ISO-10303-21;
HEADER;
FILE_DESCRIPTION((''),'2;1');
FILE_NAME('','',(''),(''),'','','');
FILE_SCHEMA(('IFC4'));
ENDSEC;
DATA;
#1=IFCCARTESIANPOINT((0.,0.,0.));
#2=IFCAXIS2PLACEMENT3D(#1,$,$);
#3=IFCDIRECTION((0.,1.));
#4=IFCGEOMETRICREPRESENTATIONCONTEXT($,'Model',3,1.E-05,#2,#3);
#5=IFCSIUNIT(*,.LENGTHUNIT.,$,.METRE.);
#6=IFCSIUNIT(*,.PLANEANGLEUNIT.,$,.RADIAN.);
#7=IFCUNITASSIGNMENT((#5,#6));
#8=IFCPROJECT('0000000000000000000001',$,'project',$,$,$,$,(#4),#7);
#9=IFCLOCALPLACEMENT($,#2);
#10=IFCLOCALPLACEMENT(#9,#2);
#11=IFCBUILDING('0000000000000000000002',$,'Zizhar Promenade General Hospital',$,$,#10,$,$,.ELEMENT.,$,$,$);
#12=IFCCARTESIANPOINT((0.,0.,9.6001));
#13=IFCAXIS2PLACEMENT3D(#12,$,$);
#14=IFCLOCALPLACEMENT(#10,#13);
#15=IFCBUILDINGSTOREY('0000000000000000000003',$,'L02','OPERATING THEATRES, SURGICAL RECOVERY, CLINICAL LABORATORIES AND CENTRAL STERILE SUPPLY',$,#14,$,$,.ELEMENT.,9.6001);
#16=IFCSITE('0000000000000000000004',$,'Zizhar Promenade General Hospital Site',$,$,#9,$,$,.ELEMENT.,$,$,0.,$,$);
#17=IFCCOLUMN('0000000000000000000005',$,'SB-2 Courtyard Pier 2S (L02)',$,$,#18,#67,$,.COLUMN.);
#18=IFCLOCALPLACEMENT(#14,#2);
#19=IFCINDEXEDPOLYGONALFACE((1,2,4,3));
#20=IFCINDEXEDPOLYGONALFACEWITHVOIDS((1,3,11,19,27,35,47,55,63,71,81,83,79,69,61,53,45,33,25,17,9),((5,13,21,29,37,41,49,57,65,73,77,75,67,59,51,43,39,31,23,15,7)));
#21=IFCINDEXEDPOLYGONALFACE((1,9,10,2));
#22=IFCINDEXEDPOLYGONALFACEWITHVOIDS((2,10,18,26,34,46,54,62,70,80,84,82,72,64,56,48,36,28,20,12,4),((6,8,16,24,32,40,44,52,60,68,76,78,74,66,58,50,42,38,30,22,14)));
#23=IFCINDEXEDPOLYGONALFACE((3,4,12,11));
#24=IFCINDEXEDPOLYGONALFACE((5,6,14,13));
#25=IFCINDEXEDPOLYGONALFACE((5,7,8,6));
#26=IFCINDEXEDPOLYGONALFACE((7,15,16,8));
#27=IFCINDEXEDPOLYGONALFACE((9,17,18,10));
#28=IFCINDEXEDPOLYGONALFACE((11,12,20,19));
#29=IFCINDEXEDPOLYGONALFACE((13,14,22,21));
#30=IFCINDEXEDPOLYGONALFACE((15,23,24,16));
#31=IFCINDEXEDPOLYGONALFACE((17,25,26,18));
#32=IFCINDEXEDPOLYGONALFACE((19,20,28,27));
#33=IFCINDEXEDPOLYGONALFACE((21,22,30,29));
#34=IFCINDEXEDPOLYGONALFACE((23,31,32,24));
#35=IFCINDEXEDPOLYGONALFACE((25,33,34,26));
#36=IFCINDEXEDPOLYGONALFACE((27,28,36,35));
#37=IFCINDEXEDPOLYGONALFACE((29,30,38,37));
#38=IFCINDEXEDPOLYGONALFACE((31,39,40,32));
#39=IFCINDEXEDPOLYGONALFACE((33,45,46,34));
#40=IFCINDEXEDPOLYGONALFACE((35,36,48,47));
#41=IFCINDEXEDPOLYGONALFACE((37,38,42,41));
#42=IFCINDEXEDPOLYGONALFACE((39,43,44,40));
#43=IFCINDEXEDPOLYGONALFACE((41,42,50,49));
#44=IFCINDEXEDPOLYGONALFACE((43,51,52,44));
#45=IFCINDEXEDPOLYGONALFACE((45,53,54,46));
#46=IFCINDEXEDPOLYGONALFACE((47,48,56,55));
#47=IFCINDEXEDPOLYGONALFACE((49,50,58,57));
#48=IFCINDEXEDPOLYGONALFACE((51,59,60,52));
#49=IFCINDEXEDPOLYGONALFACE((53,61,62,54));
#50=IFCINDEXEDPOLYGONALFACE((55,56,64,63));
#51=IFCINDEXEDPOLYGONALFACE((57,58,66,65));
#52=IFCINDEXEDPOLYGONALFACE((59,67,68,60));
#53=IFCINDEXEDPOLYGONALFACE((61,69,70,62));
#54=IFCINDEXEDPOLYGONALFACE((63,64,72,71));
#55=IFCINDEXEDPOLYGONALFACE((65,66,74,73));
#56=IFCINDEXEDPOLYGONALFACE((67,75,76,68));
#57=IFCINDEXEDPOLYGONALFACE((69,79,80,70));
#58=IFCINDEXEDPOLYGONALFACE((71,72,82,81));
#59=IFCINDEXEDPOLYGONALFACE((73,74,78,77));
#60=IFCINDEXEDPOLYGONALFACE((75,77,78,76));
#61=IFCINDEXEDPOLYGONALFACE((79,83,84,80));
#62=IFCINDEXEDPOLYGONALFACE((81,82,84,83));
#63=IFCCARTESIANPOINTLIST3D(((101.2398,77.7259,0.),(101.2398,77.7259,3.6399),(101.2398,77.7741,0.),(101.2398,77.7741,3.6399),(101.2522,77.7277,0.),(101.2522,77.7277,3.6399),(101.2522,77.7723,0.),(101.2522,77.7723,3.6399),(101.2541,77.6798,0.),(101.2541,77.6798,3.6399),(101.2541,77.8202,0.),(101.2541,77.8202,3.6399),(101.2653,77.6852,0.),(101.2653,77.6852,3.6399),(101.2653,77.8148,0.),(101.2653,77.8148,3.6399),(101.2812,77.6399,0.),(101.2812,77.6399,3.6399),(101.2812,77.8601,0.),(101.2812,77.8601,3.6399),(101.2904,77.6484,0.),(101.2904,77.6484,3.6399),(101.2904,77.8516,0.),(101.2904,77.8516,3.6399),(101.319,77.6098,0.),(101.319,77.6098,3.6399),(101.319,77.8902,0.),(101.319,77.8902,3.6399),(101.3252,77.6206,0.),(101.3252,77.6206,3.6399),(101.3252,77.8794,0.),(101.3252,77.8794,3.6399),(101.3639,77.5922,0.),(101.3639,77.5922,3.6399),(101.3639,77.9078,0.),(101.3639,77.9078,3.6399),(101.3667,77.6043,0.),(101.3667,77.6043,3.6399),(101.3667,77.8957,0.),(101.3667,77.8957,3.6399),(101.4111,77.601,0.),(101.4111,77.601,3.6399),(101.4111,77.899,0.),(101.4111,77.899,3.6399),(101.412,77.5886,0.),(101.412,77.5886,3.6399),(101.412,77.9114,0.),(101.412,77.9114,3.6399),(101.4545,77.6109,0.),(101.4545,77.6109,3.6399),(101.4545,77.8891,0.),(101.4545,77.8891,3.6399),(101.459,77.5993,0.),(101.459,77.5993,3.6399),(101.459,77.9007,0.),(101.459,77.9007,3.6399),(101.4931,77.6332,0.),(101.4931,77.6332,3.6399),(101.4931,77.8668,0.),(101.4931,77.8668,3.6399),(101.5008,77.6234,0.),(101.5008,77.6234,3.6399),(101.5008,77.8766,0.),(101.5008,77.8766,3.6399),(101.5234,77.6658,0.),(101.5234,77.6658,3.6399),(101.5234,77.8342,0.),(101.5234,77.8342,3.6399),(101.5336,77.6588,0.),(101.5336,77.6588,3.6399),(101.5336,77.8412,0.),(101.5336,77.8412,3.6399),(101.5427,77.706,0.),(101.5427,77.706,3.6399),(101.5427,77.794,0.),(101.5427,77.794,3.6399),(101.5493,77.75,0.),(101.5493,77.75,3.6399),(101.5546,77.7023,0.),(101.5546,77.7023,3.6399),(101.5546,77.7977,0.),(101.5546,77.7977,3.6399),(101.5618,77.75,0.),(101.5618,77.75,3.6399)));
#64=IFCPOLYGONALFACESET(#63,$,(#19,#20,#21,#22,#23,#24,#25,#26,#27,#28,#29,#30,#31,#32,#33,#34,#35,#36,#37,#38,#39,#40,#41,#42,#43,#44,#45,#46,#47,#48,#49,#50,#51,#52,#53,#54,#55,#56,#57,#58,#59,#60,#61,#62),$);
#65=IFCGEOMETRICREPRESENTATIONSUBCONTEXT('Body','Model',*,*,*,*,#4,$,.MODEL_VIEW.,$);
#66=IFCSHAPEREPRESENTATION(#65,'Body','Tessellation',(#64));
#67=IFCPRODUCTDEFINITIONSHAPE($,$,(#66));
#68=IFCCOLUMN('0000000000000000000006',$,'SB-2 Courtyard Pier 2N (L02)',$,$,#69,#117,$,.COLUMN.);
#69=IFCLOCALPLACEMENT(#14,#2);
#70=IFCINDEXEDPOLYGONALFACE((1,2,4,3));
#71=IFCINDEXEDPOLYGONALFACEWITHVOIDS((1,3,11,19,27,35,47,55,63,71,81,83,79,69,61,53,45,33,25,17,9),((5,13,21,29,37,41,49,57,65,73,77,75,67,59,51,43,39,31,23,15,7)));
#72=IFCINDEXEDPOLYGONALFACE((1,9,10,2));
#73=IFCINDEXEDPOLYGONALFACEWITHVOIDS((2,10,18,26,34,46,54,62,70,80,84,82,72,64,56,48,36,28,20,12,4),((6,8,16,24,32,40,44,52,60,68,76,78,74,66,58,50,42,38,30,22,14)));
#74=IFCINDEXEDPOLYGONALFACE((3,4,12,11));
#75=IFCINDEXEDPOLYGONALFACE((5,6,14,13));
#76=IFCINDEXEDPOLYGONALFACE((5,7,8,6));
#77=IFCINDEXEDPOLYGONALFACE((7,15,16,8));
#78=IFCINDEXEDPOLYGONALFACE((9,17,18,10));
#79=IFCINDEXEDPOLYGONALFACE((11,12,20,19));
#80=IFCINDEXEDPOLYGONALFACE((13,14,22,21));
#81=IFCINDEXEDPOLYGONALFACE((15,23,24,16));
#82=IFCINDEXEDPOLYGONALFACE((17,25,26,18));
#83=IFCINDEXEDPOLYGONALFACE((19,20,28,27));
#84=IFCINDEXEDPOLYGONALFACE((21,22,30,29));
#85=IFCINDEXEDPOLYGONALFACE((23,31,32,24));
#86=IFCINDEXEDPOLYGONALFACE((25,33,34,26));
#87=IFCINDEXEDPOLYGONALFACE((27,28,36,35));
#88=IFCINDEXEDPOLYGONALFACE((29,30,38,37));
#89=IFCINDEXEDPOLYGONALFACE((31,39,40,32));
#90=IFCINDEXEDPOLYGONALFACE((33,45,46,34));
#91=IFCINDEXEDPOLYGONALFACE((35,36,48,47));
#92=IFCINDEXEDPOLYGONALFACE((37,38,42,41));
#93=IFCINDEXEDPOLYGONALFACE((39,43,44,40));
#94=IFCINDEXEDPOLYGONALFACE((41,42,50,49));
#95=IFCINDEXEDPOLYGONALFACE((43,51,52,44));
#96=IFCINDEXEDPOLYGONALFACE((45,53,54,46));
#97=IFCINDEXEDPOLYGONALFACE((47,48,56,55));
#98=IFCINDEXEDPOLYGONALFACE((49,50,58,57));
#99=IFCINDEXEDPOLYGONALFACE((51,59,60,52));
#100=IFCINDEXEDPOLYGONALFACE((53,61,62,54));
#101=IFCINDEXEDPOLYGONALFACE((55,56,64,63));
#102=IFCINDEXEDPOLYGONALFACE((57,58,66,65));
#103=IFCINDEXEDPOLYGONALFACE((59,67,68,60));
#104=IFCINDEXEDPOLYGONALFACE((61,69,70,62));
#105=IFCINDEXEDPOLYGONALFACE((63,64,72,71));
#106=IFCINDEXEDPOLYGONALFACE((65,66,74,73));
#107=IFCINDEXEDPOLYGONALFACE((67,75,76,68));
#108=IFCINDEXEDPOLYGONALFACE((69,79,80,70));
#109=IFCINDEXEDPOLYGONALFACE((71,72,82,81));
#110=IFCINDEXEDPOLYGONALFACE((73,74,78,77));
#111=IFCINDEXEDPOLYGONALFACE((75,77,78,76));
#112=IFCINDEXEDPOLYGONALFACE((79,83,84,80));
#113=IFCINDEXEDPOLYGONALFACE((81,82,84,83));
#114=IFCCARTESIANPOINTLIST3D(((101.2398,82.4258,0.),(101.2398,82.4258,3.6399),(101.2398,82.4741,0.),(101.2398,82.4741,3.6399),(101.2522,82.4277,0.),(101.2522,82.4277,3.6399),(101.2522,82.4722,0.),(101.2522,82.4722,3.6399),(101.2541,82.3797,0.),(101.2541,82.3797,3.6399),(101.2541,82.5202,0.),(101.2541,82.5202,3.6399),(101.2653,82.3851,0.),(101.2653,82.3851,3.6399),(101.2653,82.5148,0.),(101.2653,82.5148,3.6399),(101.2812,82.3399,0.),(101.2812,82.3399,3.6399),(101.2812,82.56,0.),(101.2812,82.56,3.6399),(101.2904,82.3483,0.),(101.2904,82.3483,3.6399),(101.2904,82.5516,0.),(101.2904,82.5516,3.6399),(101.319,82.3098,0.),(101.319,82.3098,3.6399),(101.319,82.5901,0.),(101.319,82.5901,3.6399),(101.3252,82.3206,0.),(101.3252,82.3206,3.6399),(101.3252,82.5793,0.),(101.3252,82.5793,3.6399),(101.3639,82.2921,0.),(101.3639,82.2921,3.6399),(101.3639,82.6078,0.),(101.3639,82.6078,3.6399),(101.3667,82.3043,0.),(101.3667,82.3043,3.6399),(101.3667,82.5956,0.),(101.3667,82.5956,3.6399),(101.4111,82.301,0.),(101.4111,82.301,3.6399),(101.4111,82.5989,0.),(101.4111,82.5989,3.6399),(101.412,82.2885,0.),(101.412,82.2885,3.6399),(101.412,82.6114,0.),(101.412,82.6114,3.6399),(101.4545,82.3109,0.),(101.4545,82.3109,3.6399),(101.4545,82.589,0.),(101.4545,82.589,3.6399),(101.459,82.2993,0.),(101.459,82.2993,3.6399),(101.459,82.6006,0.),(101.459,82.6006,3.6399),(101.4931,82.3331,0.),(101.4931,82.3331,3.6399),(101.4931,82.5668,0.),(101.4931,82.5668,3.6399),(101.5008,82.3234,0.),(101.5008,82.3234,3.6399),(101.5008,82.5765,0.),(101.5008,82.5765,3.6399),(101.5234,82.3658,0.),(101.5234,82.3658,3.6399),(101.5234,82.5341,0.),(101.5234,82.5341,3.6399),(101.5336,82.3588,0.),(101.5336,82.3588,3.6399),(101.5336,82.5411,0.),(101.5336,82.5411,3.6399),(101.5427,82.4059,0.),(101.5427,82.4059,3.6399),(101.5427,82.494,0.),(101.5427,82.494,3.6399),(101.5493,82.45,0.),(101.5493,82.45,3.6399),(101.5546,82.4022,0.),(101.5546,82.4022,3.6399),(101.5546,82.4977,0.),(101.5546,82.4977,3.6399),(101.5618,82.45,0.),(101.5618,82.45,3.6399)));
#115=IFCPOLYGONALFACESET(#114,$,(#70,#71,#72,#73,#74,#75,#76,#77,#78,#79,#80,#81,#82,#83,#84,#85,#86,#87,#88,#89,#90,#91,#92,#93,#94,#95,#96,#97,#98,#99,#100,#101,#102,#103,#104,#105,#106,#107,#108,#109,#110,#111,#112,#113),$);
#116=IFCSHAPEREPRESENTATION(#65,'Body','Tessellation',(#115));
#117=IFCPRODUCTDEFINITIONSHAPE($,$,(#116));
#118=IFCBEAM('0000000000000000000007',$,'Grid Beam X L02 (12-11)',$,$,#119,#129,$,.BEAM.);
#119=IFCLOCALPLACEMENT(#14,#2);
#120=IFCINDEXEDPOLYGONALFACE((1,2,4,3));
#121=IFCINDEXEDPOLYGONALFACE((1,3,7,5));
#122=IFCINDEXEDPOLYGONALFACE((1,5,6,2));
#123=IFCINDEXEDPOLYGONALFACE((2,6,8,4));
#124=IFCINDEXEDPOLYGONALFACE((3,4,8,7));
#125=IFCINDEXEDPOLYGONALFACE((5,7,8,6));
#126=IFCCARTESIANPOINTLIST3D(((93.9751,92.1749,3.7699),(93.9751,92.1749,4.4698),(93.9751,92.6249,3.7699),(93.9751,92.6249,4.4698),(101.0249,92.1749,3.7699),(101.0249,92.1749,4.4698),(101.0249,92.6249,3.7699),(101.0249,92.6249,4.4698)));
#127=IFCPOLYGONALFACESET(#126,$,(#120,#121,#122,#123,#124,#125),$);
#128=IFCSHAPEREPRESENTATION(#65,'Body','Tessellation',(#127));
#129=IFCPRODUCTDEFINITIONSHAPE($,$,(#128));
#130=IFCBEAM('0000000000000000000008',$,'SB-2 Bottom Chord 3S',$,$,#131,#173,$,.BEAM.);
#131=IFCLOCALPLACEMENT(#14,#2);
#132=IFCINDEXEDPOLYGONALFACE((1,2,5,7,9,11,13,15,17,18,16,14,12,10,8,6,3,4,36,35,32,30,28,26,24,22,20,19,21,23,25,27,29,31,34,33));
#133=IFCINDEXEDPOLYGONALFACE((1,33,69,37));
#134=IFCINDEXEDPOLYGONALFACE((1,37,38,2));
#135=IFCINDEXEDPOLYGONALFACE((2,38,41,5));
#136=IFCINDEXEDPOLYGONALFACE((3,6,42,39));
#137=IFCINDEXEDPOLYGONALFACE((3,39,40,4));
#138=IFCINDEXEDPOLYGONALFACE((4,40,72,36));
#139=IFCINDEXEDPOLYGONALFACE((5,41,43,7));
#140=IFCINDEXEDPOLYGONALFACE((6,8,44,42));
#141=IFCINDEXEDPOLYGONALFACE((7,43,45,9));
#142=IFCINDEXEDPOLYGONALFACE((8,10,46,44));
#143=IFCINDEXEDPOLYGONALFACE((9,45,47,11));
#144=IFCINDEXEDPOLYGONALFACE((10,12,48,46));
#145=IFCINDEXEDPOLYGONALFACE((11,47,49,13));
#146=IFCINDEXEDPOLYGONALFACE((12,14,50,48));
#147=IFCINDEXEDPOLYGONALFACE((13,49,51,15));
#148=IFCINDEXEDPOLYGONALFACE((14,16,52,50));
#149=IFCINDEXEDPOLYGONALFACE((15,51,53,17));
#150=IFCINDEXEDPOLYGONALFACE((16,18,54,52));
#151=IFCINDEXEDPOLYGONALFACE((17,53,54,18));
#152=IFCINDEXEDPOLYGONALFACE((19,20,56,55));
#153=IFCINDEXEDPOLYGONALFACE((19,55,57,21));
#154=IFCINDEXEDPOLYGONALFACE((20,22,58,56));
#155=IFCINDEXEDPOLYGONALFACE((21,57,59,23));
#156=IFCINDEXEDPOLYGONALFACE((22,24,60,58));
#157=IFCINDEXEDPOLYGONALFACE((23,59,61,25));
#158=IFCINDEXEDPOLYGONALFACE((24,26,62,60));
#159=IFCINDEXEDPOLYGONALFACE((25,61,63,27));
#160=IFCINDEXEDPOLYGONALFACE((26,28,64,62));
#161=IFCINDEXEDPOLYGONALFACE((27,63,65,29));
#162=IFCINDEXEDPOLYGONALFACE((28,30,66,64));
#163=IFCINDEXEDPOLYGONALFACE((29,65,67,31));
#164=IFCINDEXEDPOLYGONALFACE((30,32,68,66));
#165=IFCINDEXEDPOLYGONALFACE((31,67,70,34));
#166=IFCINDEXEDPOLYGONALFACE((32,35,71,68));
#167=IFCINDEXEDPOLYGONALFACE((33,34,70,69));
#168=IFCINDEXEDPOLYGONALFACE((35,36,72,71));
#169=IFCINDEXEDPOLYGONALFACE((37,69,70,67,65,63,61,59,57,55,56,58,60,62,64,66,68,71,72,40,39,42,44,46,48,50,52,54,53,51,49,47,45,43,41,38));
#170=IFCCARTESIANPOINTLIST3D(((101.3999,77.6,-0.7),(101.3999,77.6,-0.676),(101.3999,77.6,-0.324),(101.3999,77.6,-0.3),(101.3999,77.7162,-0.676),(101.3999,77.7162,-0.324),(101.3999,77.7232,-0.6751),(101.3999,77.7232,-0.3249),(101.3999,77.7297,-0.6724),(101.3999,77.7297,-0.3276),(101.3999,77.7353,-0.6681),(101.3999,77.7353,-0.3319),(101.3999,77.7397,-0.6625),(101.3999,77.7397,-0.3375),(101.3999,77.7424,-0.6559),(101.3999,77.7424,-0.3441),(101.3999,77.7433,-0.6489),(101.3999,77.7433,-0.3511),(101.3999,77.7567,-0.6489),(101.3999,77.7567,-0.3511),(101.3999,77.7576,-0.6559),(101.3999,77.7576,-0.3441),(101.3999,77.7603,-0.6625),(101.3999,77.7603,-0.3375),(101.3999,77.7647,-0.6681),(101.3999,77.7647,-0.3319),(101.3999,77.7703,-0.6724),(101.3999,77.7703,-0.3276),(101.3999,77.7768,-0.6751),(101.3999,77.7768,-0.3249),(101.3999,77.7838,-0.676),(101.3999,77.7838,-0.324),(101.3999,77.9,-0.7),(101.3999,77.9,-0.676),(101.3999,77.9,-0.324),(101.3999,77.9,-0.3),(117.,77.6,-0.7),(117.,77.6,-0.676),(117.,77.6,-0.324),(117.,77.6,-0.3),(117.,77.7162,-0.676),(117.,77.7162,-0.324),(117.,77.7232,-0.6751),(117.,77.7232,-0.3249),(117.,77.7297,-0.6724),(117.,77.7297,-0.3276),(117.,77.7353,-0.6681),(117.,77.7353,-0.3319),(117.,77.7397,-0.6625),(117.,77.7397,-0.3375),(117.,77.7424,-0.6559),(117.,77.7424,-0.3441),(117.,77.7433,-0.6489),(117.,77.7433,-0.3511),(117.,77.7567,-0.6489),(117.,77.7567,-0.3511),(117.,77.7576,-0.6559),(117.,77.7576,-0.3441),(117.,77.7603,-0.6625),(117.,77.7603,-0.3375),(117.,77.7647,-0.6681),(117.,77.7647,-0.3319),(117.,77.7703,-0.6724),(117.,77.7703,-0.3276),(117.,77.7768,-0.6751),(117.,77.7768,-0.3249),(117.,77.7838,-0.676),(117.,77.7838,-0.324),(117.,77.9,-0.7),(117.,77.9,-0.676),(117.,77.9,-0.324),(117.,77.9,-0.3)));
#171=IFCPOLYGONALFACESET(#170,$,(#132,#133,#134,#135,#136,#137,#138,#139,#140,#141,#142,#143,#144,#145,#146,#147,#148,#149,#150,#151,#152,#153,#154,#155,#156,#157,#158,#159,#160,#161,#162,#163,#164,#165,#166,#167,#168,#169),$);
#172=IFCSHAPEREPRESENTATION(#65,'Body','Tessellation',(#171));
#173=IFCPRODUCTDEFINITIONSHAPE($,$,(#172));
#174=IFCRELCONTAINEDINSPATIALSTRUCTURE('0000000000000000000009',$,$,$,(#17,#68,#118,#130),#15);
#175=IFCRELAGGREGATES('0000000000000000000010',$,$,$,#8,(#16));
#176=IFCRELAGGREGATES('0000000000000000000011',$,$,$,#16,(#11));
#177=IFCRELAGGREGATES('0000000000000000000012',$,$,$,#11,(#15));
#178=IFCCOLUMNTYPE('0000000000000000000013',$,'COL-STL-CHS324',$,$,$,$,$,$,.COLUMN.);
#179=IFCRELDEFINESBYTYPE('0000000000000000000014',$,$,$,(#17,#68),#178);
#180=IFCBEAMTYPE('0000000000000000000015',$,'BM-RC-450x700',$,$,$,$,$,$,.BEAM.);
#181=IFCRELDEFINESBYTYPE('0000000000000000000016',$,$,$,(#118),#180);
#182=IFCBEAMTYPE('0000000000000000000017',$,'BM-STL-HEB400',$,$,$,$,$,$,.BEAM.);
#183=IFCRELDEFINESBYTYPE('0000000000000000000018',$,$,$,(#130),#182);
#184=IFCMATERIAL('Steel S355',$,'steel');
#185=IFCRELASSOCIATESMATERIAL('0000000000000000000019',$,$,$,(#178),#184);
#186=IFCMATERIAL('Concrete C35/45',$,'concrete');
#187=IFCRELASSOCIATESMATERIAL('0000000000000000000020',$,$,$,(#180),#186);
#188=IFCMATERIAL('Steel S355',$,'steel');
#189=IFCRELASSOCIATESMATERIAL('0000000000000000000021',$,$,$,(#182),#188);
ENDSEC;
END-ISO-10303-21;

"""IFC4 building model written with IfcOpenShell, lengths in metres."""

from ifc_helpers import new_model, si_unit, direction, frame, origin, origin_2d, place, context, subcontext, project, spatial, rectangle, hollow_circle, i_section, extrude, material, material_profile, profile_set, type_object, element, save


model = new_model("IFC4")

# Units and contexts
model_context = context("Model", 3, precision=1e-05, world=origin(), true_north=direction((0.0, 1.0)))
body_context = subcontext(model_context, "Body", "Model", "MODEL_VIEW")
ifc_project = project(units=[si_unit("LENGTHUNIT", "METRE"), si_unit("PLANEANGLEUNIT", "RADIAN")], contexts=[model_context])

# Site, building, storey
site_placement = place(None, origin())
site = spatial("IfcSite", under=ifc_project, at=site_placement, Name="Zizhar Promenade General Hospital Site", CompositionType="ELEMENT", RefElevation=0.0)
building_placement = place(site_placement, origin())
building = spatial("IfcBuilding", under=site, at=building_placement, Name="Zizhar Promenade General Hospital", CompositionType="ELEMENT")
storey_placement = place(building_placement, frame((0.0, 0.0, 9.6001)))
storey = spatial("IfcBuildingStorey", under=building, at=storey_placement, Name="L02", Description="OPERATING THEATRES, SURGICAL RECOVERY, CLINICAL LABORATORIES AND CENTRAL STERILE SUPPLY", CompositionType="ELEMENT", Elevation=9.6001)

# Columns
ifc_material_1 = material(Name="Steel S355", Category="steel")
ifc_material_profile_1 = material_profile(ifc_material_1, hollow_circle(Radius=0.1619, WallThickness=0.0125, at=origin_2d()))
ifc_profile_set_1 = profile_set([ifc_material_profile_1], Name="Steel S355")
column_type = type_object("IfcColumnType", Name="COL-STL-CHS324", PredefinedType="COLUMN", material=ifc_profile_set_1)
for number, where, z_axis, x_axis, name in (
    (1, (101.3999, 77.75, 0.0), (0.0, 0.0, 1.0), (1.0, 0.0, 0.0), "SB-2 Courtyard Pier 2S (L02)"),
    (2, (101.3999, 82.45, 0.0), (0.0, 0.0, 1.0), (1.0, 0.0, 0.0), "SB-2 Courtyard Pier 2N (L02)"),
):
    element("IfcColumn", number, at=place(storey_placement, frame(where, z_axis=z_axis, x_axis=x_axis)), inside=storey, type_object=column_type, Name=name, PredefinedType="COLUMN", context=body_context, shape_type="SweptSolid", body=[
        extrude(hollow_circle(Radius=0.1619, WallThickness=0.0125, at=origin_2d()), origin(), (0.0, 0.0, 1.0), 3.6399),
    ])

# Beams
ifc_material_2 = material(Name="Concrete C35/45", Category="concrete")
ifc_material_profile_2 = material_profile(ifc_material_2, rectangle(XDim=0.45, YDim=0.7, at=origin_2d()))
ifc_profile_set_2 = profile_set([ifc_material_profile_2], Name="Concrete C35/45")
beam_type_1 = type_object("IfcBeamType", Name="BM-RC-450x700", PredefinedType="BEAM", material=ifc_profile_set_2)
beam_placement = place(storey_placement, frame((93.9751, 92.3999, 4.1199), z_axis=(1.0, 0.0, 0.0), x_axis=(0.0, 1.0, 0.0)))
element("IfcBeam", 3, at=beam_placement, inside=storey, type_object=beam_type_1, Name="Grid Beam X L02 (12-11)", PredefinedType="BEAM", context=body_context, shape_type="SweptSolid", body=[
    extrude(rectangle(XDim=0.45, YDim=0.7, at=origin_2d()), origin(), (0.0, 0.0, 1.0), 7.0498),
])
ifc_material_3 = material(Name="Steel S355", Category="steel")
ifc_material_profile_3 = material_profile(ifc_material_3, i_section(OverallWidth=0.3, OverallDepth=0.3999, WebThickness=0.0134, FlangeThickness=0.0239, FilletRadius=0.0271, at=origin_2d()))
ifc_profile_set_3 = profile_set([ifc_material_profile_3], Name="Steel S355")
beam_type_2 = type_object("IfcBeamType", Name="BM-STL-HEB400", PredefinedType="BEAM", material=ifc_profile_set_3)
for number, where, z_axis, x_axis, name in (
    (4, (101.3999, 77.75, -0.5), (1.0, 0.0, 0.0), (0.0, 1.0, 0.0), "SB-2 Bottom Chord 3S"),
):
    element("IfcBeam", number, at=place(storey_placement, frame(where, z_axis=z_axis, x_axis=x_axis)), inside=storey, type_object=beam_type_2, Name=name, PredefinedType="BEAM", context=body_context, shape_type="SweptSolid", body=[
        extrude(i_section(OverallWidth=0.3, OverallDepth=0.3999, WebThickness=0.0134, FlangeThickness=0.0239, FilletRadius=0.0271, at=origin_2d()), origin(), (0.0, 0.0, 1.0), 15.6001),
    ])

save(model, "model.ifc")
